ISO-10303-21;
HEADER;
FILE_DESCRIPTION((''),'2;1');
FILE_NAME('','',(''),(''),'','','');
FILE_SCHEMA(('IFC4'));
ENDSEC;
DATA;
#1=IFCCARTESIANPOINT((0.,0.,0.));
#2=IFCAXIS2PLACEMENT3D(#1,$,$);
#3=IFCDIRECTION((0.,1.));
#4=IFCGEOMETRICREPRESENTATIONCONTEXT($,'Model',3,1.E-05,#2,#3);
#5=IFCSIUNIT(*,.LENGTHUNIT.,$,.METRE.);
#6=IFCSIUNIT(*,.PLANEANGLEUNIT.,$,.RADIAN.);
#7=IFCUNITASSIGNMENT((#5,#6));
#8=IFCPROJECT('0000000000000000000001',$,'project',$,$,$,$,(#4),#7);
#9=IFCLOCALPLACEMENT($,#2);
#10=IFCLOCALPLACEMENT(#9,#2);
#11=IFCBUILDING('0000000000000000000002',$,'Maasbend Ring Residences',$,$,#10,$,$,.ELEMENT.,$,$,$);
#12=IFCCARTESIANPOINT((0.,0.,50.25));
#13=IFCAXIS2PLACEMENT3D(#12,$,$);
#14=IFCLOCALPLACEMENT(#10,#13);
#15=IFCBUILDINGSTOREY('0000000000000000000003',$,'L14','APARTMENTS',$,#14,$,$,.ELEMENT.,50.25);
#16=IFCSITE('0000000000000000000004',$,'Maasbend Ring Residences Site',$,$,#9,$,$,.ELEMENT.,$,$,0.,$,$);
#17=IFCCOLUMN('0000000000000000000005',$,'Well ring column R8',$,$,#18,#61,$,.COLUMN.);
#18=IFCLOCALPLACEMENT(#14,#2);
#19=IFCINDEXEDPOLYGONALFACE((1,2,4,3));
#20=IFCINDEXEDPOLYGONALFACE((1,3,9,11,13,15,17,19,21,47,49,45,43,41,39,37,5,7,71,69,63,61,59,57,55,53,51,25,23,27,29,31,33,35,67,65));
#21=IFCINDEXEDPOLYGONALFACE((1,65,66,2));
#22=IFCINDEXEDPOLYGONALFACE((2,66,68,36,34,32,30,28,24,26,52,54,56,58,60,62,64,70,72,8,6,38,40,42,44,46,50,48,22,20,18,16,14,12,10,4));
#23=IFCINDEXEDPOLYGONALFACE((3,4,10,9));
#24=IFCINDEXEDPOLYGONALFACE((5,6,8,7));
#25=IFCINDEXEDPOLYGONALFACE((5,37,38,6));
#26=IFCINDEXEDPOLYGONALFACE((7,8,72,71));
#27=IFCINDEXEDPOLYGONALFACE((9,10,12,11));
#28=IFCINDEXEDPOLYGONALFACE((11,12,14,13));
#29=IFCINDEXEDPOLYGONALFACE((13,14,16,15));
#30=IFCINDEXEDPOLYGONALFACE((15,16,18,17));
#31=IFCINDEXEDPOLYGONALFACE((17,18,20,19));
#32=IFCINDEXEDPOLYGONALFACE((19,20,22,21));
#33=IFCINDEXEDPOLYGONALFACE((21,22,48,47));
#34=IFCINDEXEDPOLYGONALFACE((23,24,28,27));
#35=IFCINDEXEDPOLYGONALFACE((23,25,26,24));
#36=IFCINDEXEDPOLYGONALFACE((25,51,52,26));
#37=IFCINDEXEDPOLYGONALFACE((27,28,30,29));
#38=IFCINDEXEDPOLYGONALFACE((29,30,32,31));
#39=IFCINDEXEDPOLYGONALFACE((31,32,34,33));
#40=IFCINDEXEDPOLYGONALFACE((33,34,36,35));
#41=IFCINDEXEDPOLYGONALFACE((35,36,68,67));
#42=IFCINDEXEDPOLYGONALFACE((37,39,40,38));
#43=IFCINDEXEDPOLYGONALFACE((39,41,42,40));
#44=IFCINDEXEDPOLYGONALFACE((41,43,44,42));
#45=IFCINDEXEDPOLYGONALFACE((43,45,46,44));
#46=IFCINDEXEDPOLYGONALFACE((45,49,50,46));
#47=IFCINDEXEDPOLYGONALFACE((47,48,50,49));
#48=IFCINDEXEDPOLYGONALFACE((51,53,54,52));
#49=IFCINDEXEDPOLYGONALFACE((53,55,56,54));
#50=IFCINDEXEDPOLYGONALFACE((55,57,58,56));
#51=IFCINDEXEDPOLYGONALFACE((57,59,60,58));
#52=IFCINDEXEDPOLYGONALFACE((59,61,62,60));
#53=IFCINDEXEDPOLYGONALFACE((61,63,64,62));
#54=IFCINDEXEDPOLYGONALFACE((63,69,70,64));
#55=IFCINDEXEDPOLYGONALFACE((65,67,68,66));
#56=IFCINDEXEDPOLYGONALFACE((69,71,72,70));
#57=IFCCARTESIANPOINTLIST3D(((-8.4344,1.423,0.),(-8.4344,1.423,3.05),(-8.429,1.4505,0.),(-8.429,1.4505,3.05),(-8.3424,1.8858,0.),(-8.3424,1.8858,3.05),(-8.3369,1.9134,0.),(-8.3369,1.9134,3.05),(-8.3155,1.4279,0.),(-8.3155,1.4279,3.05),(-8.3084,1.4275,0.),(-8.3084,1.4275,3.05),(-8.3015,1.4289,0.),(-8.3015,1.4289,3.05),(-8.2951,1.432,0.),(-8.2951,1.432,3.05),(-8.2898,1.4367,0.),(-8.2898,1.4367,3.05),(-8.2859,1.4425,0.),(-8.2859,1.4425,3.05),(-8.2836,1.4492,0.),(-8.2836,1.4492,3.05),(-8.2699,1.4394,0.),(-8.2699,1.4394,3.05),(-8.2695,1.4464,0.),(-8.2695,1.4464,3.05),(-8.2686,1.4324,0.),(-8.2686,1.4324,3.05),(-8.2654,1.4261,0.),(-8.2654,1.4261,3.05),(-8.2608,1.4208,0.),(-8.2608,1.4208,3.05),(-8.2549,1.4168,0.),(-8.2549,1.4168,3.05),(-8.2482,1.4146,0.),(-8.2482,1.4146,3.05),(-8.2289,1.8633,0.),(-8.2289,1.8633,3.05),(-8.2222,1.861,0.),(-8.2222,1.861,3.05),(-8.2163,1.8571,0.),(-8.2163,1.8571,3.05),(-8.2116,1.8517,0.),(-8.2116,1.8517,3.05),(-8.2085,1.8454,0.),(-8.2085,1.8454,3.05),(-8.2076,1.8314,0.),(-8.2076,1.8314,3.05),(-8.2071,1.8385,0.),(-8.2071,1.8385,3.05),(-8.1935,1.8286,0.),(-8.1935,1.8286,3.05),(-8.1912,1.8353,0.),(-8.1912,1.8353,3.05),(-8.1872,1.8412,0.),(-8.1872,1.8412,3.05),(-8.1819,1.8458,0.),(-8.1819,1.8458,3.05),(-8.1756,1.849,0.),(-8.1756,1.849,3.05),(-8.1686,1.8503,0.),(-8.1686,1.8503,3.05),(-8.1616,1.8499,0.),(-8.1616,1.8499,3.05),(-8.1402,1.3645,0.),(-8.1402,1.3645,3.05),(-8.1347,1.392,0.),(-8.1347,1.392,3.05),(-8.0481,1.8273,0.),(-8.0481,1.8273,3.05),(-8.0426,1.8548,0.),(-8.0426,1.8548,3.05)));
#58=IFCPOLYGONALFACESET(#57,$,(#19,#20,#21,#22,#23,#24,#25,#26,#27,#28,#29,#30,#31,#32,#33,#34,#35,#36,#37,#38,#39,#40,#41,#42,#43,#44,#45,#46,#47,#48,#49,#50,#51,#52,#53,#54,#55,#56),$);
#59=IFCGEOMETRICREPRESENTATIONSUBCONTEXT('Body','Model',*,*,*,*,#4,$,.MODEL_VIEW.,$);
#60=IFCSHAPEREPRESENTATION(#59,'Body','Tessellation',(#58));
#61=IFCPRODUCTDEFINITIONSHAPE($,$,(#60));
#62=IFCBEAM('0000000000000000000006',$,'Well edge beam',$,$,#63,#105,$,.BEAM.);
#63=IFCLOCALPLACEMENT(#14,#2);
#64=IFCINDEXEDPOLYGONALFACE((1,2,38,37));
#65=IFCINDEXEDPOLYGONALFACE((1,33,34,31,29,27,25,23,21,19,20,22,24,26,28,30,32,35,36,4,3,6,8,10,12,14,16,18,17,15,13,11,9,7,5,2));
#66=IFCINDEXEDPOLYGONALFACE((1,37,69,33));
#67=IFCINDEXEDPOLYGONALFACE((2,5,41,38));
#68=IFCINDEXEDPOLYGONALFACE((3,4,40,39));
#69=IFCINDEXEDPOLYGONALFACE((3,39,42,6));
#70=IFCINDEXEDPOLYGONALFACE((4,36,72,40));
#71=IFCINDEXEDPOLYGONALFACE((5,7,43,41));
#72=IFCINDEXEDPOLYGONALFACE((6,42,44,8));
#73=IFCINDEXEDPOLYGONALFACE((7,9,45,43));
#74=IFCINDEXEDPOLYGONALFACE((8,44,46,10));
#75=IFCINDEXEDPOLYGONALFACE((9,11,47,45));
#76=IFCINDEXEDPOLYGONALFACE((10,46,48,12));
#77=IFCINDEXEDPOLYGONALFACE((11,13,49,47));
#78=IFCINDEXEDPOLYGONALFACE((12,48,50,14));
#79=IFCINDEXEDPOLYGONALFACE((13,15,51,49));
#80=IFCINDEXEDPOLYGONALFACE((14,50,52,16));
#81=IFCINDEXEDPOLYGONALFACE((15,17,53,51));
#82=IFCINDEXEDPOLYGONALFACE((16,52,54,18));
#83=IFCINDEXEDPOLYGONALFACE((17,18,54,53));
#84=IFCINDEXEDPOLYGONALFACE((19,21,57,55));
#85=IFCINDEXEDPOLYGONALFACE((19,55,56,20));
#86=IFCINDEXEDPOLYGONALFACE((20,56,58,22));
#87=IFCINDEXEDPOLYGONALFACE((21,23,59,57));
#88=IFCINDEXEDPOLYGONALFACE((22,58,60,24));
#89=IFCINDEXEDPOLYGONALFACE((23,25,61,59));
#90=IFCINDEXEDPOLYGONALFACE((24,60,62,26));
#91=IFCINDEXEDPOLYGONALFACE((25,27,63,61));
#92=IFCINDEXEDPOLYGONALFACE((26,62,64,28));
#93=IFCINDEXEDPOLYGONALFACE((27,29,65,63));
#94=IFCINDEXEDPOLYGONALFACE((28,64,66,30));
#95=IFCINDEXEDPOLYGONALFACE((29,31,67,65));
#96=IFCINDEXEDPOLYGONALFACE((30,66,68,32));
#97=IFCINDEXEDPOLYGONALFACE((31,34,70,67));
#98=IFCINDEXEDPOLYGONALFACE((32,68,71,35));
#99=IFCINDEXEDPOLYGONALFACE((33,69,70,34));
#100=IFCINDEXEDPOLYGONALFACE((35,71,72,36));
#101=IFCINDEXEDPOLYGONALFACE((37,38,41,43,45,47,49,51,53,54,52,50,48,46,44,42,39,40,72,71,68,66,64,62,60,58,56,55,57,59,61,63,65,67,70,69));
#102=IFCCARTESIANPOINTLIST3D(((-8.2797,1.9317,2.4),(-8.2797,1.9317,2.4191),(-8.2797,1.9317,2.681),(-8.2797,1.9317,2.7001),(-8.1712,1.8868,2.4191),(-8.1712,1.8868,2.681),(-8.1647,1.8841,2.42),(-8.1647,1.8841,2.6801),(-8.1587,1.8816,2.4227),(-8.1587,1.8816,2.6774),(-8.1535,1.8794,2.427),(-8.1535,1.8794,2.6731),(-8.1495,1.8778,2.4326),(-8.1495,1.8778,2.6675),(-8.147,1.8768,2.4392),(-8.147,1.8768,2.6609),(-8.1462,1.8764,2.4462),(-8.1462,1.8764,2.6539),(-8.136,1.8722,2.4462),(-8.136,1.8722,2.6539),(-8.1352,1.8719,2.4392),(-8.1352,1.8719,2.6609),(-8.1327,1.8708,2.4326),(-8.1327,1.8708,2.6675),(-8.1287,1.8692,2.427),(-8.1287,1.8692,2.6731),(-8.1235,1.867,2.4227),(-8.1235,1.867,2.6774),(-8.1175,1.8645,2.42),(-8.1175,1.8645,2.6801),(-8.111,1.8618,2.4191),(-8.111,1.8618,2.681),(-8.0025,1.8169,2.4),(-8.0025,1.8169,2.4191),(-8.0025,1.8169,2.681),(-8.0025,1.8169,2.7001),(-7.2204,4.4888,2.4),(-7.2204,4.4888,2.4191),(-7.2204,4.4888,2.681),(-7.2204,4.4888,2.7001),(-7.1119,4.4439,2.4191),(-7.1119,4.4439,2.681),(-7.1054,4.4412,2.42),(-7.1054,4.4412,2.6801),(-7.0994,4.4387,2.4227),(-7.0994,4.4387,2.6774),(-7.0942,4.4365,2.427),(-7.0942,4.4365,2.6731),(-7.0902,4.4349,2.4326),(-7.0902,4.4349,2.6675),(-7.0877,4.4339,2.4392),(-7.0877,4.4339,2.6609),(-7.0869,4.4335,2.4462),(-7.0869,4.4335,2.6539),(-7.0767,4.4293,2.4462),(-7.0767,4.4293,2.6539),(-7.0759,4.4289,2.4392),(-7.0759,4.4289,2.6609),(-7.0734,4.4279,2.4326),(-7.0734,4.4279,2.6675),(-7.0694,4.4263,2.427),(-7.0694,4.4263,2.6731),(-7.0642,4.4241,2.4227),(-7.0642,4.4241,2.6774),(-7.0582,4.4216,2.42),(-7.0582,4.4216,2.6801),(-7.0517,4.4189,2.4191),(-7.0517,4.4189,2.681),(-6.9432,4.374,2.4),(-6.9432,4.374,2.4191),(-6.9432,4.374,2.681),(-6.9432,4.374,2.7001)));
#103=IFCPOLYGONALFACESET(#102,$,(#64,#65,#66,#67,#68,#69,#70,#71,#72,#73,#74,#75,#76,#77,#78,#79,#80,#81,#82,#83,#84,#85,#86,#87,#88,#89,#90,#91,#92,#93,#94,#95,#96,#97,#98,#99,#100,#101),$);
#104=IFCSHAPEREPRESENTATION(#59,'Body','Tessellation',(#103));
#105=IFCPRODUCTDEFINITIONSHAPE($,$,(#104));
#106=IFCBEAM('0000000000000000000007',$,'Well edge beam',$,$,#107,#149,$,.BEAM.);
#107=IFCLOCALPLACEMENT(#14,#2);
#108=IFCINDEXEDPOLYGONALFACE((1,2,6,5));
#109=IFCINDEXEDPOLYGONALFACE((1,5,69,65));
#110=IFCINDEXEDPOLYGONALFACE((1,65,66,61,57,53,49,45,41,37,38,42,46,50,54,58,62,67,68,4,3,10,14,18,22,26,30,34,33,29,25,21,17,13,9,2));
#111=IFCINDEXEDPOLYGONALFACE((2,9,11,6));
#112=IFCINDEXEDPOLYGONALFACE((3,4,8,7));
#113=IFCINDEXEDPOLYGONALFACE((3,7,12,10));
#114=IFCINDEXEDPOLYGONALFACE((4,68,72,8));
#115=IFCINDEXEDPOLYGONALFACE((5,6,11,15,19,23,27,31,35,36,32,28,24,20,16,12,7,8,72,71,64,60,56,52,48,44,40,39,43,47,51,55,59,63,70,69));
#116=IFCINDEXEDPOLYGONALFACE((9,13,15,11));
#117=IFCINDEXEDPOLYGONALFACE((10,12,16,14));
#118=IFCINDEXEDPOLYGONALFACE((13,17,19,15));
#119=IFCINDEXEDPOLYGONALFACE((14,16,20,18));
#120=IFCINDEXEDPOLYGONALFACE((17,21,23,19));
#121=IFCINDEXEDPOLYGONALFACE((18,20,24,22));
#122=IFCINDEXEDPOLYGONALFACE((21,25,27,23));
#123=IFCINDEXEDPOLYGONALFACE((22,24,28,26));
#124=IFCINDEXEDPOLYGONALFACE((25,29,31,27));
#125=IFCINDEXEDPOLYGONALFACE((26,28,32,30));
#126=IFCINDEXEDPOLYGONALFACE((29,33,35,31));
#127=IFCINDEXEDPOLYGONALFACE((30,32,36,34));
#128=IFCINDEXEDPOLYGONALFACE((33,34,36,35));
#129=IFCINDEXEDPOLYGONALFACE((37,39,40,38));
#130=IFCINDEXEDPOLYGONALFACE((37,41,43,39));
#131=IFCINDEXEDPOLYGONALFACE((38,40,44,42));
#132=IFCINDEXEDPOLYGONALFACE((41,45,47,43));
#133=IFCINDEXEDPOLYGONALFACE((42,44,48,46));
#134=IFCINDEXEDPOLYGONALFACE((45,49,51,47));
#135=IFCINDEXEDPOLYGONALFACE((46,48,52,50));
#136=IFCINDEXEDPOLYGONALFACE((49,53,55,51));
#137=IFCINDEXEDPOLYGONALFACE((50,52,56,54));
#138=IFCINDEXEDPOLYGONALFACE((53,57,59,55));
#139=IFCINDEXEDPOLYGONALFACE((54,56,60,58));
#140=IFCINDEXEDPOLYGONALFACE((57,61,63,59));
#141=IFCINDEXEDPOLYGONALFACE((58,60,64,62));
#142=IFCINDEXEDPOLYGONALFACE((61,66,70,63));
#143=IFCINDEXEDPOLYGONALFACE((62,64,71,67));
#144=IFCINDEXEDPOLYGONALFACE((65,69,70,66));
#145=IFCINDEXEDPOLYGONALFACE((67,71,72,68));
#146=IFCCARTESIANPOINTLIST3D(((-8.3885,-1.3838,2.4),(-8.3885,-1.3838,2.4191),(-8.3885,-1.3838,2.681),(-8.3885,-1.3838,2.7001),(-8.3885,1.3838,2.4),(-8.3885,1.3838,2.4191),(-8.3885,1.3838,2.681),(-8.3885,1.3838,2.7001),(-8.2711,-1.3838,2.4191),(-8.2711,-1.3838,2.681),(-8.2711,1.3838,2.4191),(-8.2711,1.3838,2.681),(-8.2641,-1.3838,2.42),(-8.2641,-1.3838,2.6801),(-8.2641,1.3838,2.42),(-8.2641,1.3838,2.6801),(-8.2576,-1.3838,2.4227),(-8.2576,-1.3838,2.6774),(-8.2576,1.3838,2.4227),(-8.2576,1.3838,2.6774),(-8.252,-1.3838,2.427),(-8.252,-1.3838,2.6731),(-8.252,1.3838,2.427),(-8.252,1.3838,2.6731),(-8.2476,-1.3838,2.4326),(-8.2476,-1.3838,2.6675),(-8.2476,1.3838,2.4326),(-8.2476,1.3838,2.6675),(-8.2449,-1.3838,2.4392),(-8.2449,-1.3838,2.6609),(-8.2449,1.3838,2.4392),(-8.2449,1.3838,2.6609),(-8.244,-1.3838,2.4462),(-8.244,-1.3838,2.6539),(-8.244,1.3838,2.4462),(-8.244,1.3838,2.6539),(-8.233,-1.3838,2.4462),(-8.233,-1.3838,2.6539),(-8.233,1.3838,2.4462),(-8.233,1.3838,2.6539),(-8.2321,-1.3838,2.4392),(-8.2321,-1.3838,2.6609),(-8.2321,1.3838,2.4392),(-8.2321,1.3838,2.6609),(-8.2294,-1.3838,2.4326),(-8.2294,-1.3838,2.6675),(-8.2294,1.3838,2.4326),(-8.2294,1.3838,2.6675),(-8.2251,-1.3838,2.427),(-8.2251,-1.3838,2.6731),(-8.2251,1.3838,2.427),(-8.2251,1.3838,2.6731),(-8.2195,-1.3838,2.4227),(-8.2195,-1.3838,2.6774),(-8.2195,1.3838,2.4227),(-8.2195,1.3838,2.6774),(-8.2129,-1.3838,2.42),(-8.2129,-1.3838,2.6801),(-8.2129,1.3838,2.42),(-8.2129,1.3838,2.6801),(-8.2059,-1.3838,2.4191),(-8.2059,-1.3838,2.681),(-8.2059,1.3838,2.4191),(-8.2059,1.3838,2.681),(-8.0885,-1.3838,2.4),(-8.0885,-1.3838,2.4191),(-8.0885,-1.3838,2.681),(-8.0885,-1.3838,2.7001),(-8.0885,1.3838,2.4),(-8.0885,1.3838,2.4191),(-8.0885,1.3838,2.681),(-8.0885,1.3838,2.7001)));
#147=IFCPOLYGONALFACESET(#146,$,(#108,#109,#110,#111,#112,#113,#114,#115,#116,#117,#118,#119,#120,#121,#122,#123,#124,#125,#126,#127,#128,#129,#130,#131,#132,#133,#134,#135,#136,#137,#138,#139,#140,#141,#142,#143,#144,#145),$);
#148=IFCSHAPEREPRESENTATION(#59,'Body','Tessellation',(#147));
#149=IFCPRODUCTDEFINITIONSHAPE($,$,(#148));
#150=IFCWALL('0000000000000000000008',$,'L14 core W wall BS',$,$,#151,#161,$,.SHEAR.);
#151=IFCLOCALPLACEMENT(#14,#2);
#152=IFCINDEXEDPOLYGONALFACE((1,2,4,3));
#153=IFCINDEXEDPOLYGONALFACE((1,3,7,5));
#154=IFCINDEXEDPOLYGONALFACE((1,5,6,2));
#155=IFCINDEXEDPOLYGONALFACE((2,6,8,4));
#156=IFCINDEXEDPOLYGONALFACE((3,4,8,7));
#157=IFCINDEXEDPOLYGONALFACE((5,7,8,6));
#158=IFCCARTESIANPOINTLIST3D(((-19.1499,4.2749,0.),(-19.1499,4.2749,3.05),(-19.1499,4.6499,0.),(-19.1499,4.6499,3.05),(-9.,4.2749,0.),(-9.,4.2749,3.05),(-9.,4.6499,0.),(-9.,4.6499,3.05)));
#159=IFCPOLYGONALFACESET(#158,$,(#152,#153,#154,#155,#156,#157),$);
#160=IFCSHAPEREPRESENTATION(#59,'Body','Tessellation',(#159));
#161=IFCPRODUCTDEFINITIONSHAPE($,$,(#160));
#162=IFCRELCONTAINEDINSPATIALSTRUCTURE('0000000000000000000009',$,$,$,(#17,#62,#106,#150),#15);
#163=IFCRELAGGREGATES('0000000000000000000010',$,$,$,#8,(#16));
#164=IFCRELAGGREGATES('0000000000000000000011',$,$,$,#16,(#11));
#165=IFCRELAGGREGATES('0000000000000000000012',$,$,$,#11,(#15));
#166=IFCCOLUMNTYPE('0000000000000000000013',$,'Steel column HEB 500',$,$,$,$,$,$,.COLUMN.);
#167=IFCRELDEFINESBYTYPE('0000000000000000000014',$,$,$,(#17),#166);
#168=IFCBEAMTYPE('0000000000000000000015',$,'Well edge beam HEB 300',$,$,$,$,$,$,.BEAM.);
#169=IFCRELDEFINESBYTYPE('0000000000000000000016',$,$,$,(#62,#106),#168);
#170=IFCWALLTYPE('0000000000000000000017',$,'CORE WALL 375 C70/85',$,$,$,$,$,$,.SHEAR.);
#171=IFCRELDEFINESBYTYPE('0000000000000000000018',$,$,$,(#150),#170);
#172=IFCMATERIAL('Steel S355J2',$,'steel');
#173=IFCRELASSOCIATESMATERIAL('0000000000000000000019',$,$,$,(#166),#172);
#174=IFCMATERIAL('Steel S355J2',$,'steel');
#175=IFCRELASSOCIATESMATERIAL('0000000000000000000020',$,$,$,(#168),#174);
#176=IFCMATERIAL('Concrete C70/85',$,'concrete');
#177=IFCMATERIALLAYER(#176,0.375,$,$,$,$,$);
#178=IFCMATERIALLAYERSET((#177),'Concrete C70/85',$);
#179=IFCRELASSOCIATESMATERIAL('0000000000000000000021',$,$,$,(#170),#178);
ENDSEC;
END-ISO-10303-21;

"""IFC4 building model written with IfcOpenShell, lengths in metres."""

from ifc_helpers import new_model, si_unit, direction, frame, frame_2d, origin, origin_2d, place, context, subcontext, project, spatial, rectangle, i_section, extrude, material, layer, layer_set, material_profile, profile_set, type_object, element, save


model = new_model("IFC4")

# Units and contexts
model_context = context("Model", 3, precision=1e-05, world=origin(), true_north=direction((0.0, 1.0)))
body_context = subcontext(model_context, "Body", "Model", "MODEL_VIEW")
ifc_project = project(units=[si_unit("LENGTHUNIT", "METRE"), si_unit("PLANEANGLEUNIT", "RADIAN")], contexts=[model_context])

# Site, building, storey
site_placement = place(None, origin())
site = spatial("IfcSite", under=ifc_project, at=site_placement, Name="Maasbend Ring Residences Site", CompositionType="ELEMENT", RefElevation=0.0)
building_placement = place(site_placement, origin())
building = spatial("IfcBuilding", under=site, at=building_placement, Name="Maasbend Ring Residences", CompositionType="ELEMENT")
storey_placement = place(building_placement, frame((0.0, 0.0, 50.25)))
storey = spatial("IfcBuildingStorey", under=building, at=storey_placement, Name="L14", Description="APARTMENTS", CompositionType="ELEMENT", Elevation=50.25)

# Column
ifc_material_1 = material(Name="Steel S355J2", Category="steel")
ifc_material_profile_1 = material_profile(ifc_material_1, i_section(OverallWidth=0.3, OverallDepth=0.5, WebThickness=0.0144, FlangeThickness=0.0281, FilletRadius=0.0271, at=origin_2d()), Name="HEB 500")
ifc_profile_set_1 = profile_set([ifc_material_profile_1], Name="Steel S355J2")
column_type = type_object("IfcColumnType", Name="Steel column HEB 500", PredefinedType="COLUMN", material=ifc_profile_set_1)
column_placement = place(storey_placement, frame((-8.2385, 1.6389, 0.0), z_axis=(0.0, 0.0, 1.0), x_axis=(-0.980785, 0.19509, 0.0)))
element("IfcColumn", 1, at=column_placement, inside=storey, type_object=column_type, Name="Well ring column R8", PredefinedType="COLUMN", context=body_context, shape_type="SweptSolid", body=[
    extrude(i_section(OverallWidth=0.3, OverallDepth=0.5, WebThickness=0.0144, FlangeThickness=0.0281, FilletRadius=0.0271, at=origin_2d()), origin(), (0.0, 0.0, 1.0), 3.05),
])

# Beams
ifc_material_2 = material(Name="Steel S355J2", Category="steel")
ifc_material_profile_2 = material_profile(ifc_material_2, i_section(OverallWidth=0.3, OverallDepth=0.3, WebThickness=0.011, FlangeThickness=0.019, FilletRadius=0.0271, at=origin_2d()), Name="HEB 300")
ifc_profile_set_2 = profile_set([ifc_material_profile_2], Name="Steel S355J2")
beam_type = type_object("IfcBeamType", Name="Well edge beam HEB 300", PredefinedType="BEAM", material=ifc_profile_set_2)
beam_1_placement = place(storey_placement, frame((-7.0818, 4.4314, 2.55), z_axis=(-0.382723, -0.923863, 0.0), x_axis=(0.923863, -0.382723, 0.0)))
element("IfcBeam", 2, at=beam_1_placement, inside=storey, type_object=beam_type, Name="Well edge beam", PredefinedType="BEAM", context=body_context, shape_type="SweptSolid", body=[
    extrude(i_section(OverallWidth=0.3, OverallDepth=0.3, WebThickness=0.011, FlangeThickness=0.019, FilletRadius=0.0271, at=origin_2d()), origin(), (0.0, 0.0, 1.0), 2.7678),
])
beam_2_placement = place(storey_placement, frame((-8.2385, 1.3838, 2.55), z_axis=(0.0, -1.0, 0.0), x_axis=(1.0, 0.0, 0.0)))
element("IfcBeam", 3, at=beam_2_placement, inside=storey, type_object=beam_type, Name="Well edge beam", PredefinedType="BEAM", context=body_context, shape_type="SweptSolid", body=[
    extrude(i_section(OverallWidth=0.3, OverallDepth=0.3, WebThickness=0.011, FlangeThickness=0.019, FilletRadius=0.0271, at=origin_2d()), origin(), (0.0, 0.0, 1.0), 2.7676),
])

# Wall
ifc_material_3 = material(Name="Concrete C70/85", Category="concrete")
ifc_layer_1 = layer(ifc_material_3, 0.375)
ifc_layer_set_1 = layer_set([ifc_layer_1], Name="Concrete C70/85")
wall_type_1 = type_object("IfcWallType", Name="CORE WALL 375 C70/85", PredefinedType="SHEAR", material=ifc_layer_set_1)
wall_1_placement = place(storey_placement, frame((-9.0, 4.4624, 0.0), z_axis=(0.0, 0.0, 1.0), x_axis=(-1.0, 0.0, 0.0)))
element("IfcWall", 4, at=wall_1_placement, inside=storey, type_object=wall_type_1, Name="L14 core W wall BS", PredefinedType="SHEAR", context=body_context, shape_type="SweptSolid", body=[
    extrude(rectangle(XDim=10.1499, YDim=0.375, at=frame_2d((5.075, 0.0))), origin(), (0.0, 0.0, 1.0), 3.05),
])

save(model, "model.ifc")
